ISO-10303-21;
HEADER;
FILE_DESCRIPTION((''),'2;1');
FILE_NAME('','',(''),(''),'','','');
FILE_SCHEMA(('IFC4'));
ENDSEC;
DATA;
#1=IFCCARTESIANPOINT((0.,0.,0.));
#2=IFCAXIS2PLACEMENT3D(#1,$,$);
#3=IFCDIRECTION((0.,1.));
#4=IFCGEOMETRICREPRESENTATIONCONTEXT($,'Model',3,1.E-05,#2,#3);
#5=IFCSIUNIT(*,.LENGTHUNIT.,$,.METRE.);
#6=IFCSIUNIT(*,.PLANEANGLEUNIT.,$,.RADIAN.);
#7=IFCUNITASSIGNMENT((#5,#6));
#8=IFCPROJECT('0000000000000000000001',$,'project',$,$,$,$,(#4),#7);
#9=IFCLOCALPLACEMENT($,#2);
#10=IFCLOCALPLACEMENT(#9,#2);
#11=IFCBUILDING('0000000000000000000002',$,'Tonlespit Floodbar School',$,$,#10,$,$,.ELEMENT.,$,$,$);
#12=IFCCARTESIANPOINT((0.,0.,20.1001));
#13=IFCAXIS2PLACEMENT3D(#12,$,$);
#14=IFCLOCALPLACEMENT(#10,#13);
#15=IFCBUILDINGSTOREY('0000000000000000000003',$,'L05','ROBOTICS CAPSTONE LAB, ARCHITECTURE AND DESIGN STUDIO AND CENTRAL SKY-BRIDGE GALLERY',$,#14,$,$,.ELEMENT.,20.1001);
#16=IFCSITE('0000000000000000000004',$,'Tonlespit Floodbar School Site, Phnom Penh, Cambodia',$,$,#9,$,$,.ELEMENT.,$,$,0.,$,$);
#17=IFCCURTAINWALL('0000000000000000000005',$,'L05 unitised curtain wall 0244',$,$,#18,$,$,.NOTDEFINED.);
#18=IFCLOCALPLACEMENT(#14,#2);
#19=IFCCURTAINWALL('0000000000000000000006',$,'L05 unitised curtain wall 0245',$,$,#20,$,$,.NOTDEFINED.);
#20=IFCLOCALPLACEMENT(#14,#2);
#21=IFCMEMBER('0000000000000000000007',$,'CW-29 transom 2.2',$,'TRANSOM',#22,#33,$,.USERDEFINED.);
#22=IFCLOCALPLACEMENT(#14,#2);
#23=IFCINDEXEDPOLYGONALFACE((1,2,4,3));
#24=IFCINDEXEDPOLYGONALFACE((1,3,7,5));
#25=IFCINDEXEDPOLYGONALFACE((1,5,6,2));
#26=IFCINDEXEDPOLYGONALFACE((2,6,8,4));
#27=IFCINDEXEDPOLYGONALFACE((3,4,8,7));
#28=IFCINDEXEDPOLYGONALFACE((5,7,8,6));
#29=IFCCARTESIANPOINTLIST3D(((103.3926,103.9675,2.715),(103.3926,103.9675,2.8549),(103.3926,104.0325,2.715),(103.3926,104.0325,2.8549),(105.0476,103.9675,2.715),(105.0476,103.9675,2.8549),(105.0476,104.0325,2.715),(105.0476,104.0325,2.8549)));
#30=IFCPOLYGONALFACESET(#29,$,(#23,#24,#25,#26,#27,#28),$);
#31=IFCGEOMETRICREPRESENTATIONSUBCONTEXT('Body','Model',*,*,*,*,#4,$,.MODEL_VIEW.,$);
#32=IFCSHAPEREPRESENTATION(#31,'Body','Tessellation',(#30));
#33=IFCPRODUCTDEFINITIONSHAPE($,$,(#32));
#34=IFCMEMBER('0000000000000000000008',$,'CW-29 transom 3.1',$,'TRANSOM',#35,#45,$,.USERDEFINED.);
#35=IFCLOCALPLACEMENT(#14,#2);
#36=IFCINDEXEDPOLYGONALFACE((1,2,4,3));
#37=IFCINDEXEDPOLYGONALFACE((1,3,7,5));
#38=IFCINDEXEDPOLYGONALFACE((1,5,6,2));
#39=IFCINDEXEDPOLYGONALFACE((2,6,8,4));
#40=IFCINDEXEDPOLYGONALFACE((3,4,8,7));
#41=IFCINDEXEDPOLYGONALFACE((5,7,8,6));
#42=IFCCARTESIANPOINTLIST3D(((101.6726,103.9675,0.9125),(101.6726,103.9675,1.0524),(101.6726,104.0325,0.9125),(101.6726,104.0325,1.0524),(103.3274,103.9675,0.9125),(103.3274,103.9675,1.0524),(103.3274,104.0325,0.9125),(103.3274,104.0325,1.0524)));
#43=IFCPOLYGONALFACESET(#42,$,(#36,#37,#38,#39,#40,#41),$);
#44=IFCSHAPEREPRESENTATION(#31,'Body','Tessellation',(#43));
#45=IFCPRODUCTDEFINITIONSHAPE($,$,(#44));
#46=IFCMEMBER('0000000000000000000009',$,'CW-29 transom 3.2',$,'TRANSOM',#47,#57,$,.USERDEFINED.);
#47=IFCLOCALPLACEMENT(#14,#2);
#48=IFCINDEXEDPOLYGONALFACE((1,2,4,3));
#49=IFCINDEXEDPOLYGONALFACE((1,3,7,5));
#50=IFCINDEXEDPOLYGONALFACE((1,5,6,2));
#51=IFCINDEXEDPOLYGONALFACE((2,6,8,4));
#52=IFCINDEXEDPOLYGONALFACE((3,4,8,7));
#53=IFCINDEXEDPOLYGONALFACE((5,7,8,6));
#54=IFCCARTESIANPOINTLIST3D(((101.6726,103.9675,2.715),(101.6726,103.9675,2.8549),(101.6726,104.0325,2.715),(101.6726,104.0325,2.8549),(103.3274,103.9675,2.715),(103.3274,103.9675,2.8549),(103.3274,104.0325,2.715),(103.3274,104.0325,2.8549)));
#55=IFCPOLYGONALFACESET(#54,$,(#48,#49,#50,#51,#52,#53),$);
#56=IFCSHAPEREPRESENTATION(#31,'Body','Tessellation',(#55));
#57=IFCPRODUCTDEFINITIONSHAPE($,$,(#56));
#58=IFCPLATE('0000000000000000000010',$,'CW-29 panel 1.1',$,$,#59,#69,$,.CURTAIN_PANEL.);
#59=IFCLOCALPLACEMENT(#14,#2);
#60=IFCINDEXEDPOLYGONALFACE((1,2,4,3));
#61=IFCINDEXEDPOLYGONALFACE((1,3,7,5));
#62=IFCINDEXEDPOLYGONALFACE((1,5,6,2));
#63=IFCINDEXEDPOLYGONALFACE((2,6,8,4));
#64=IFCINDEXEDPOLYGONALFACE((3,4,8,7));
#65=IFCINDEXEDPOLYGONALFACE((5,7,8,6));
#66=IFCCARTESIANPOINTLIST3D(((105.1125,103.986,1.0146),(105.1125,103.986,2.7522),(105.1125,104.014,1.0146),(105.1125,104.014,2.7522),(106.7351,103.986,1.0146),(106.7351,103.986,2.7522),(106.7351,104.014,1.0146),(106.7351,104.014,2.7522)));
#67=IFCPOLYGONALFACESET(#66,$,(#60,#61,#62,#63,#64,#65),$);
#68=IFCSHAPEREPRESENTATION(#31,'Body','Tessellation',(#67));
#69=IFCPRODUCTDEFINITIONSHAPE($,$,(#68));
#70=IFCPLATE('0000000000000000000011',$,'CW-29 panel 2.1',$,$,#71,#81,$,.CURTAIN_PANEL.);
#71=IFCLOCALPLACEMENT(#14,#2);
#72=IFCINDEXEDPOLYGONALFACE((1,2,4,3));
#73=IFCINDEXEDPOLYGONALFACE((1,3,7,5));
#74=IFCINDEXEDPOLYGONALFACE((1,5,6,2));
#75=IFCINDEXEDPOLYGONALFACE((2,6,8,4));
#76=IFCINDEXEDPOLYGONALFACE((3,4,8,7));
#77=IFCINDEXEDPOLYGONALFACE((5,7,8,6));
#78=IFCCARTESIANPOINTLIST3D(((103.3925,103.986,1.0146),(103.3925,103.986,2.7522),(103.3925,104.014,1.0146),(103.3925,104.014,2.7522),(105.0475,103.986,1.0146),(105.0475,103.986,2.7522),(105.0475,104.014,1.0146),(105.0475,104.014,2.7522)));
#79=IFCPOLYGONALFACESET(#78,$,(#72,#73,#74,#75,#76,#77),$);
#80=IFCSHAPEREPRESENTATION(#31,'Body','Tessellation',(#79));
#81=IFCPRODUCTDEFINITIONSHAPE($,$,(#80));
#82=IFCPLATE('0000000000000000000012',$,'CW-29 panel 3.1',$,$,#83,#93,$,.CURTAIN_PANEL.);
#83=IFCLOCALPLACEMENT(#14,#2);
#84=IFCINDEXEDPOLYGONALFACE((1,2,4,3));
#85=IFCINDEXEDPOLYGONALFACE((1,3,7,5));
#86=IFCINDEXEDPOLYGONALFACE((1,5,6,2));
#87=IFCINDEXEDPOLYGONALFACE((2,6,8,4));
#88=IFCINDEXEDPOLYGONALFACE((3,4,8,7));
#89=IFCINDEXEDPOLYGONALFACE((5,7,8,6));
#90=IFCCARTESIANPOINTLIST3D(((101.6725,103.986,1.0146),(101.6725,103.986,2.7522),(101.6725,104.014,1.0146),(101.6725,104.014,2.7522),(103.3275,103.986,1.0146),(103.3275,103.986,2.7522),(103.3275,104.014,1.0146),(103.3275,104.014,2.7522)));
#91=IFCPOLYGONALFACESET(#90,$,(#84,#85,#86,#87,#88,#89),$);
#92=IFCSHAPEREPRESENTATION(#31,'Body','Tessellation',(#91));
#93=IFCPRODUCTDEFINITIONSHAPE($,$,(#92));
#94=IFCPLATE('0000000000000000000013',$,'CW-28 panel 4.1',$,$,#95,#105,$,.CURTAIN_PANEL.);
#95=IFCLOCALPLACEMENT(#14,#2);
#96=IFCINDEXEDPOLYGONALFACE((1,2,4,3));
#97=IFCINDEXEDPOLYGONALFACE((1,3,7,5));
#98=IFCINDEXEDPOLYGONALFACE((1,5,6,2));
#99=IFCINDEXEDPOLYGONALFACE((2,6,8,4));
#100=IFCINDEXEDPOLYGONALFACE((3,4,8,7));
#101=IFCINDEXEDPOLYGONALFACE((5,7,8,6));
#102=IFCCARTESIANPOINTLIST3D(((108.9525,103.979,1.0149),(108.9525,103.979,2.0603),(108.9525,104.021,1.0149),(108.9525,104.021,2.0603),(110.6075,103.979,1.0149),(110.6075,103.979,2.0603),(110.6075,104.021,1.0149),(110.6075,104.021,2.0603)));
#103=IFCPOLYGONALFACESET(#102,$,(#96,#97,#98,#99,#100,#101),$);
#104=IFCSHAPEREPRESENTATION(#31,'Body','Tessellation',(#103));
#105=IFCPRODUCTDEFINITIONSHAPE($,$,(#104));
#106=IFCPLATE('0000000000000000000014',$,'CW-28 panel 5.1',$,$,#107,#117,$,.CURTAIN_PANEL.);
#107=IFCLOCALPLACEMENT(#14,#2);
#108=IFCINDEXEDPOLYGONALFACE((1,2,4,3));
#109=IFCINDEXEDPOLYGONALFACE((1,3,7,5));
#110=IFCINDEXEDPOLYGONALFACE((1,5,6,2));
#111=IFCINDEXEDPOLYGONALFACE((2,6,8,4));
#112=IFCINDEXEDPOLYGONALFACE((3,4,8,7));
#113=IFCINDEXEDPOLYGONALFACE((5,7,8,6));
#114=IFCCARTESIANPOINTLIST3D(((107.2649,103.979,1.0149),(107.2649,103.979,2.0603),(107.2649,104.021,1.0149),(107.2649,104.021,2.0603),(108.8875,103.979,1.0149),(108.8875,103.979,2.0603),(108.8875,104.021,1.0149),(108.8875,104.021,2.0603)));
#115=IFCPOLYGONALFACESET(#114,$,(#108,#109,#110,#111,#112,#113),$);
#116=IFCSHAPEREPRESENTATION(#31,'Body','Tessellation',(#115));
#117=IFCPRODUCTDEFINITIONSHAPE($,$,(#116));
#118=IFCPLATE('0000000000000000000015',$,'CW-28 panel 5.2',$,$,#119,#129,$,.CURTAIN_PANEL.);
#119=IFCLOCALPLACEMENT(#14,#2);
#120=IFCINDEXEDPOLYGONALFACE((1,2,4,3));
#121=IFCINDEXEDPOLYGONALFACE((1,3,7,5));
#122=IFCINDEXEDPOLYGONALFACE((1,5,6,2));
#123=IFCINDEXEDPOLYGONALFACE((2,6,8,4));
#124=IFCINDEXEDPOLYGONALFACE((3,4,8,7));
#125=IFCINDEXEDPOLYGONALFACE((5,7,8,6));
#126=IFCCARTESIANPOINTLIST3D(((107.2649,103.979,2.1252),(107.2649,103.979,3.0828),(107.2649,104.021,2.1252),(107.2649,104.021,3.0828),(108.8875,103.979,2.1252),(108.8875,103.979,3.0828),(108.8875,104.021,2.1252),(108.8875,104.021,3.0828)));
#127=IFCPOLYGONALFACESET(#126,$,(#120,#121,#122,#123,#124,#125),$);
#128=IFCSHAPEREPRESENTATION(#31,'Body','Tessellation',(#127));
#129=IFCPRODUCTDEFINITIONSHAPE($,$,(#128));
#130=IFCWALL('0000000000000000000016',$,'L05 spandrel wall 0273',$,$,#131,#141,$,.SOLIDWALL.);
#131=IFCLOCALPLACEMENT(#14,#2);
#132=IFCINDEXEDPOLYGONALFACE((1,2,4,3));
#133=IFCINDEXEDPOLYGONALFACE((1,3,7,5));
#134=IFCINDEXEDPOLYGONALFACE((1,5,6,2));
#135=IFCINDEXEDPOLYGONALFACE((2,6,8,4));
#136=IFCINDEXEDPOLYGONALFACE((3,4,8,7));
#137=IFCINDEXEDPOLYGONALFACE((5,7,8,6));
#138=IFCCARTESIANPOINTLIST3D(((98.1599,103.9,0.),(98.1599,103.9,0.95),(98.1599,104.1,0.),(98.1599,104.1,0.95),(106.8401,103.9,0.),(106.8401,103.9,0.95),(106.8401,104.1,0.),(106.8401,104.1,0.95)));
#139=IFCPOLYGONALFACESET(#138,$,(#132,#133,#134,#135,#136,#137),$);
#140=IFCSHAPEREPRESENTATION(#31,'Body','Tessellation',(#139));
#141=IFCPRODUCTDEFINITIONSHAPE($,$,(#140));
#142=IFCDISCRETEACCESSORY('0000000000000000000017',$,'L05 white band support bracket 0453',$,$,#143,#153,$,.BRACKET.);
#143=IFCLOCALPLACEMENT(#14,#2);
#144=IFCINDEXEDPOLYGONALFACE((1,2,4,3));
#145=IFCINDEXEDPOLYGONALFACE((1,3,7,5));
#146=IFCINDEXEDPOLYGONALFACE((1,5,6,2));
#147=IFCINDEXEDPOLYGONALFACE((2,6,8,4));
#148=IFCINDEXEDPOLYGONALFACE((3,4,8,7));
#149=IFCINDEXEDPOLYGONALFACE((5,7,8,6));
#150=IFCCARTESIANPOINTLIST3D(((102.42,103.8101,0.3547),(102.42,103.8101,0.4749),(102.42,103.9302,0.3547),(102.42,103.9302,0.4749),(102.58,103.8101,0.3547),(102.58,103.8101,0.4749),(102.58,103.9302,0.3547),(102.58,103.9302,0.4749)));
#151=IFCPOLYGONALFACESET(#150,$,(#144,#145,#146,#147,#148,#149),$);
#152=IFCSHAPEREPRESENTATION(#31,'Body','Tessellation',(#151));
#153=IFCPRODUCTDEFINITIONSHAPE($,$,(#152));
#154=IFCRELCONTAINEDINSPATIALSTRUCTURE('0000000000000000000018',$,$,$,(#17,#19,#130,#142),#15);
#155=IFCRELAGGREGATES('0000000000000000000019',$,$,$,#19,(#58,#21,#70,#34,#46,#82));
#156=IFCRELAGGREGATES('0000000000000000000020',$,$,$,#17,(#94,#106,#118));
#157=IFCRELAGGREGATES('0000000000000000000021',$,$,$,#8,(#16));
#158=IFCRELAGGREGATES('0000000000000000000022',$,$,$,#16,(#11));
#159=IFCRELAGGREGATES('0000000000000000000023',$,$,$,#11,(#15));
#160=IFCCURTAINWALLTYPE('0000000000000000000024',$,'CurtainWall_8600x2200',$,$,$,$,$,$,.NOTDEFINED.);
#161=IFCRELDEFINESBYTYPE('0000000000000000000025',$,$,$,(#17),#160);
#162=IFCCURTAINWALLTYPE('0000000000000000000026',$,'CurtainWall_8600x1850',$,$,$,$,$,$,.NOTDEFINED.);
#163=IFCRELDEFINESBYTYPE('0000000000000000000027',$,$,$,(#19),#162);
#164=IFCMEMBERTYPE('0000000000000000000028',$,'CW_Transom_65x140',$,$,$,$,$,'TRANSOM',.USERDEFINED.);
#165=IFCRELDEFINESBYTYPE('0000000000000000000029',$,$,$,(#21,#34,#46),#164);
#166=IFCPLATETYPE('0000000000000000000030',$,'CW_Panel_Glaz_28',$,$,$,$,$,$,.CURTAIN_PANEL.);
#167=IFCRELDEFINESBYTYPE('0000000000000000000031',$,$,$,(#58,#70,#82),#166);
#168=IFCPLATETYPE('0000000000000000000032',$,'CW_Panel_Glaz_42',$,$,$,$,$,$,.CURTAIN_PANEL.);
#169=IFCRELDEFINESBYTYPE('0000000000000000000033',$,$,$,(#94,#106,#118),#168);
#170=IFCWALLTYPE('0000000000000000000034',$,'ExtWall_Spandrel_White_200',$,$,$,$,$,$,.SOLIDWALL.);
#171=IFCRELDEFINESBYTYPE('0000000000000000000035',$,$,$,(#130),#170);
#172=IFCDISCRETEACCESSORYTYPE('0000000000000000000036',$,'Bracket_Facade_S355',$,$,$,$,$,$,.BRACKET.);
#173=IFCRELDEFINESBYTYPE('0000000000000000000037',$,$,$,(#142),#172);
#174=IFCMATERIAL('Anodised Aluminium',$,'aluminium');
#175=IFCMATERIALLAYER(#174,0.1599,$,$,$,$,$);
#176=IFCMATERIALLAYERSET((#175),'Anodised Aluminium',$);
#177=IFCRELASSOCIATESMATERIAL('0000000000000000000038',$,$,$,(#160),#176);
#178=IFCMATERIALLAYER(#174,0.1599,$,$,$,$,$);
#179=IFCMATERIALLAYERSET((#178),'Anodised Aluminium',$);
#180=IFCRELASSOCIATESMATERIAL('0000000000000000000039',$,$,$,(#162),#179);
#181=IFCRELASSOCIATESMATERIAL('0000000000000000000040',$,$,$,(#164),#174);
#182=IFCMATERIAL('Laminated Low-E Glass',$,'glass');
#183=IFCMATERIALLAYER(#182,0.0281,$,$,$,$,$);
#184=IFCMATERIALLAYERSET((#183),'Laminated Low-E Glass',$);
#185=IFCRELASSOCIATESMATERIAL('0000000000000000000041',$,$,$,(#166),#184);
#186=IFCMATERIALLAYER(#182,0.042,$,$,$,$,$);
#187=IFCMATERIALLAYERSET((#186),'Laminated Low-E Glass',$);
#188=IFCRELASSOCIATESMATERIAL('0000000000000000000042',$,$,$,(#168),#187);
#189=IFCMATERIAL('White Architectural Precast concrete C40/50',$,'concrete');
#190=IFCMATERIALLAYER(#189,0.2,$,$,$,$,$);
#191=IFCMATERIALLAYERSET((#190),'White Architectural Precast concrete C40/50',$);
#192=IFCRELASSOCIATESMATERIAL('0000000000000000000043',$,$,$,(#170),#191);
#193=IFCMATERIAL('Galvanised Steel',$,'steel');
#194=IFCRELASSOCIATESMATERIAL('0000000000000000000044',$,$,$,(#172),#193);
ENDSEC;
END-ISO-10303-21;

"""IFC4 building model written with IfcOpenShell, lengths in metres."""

from ifc_helpers import new_model, si_unit, direction, frame, frame_2d, origin, origin_2d, place, context, subcontext, project, spatial, rectangle, extrude, material, layer, layer_set, material_profile, profile_set, type_object, element, aggregate, save


model = new_model("IFC4")

# Units and contexts
model_context = context("Model", 3, precision=1e-05, world=origin(), true_north=direction((0.0, 1.0)))
body_context = subcontext(model_context, "Body", "Model", "MODEL_VIEW")
ifc_project = project(units=[si_unit("LENGTHUNIT", "METRE"), si_unit("PLANEANGLEUNIT", "RADIAN")], contexts=[model_context])

# Site, building, storey
site_placement = place(None, origin())
site = spatial("IfcSite", under=ifc_project, at=site_placement, Name="Tonlespit Floodbar School Site, Phnom Penh, Cambodia", CompositionType="ELEMENT", RefElevation=0.0)
building_placement = place(site_placement, origin())
building = spatial("IfcBuilding", under=site, at=building_placement, Name="Tonlespit Floodbar School", CompositionType="ELEMENT")
storey_placement = place(building_placement, frame((0.0, 0.0, 20.1001)))
storey = spatial("IfcBuildingStorey", under=building, at=storey_placement, Name="L05", Description="ROBOTICS CAPSTONE LAB, ARCHITECTURE AND DESIGN STUDIO AND CENTRAL SKY-BRIDGE GALLERY", CompositionType="ELEMENT", Elevation=20.1001)

# Curtain walls
ifc_material_1 = material(Name="Anodised Aluminium", Category="aluminium")
ifc_layer_1 = layer(ifc_material_1, 0.1599)
ifc_layer_set_1 = layer_set([ifc_layer_1], Name="Anodised Aluminium")
curtain_wall_type_1 = type_object("IfcCurtainWallType", Name="CurtainWall_8600x2200", PredefinedType="NOTDEFINED", material=ifc_layer_set_1)
curtain_wall_1_placement = place(storey_placement, origin())
curtain_wall_1 = element("IfcCurtainWall", 1, at=curtain_wall_1_placement, inside=storey, type_object=curtain_wall_type_1, Name="L05 unitised curtain wall 0244", PredefinedType="NOTDEFINED")
ifc_layer_2 = layer(ifc_material_1, 0.1599)
ifc_layer_set_2 = layer_set([ifc_layer_2], Name="Anodised Aluminium")
curtain_wall_type_2 = type_object("IfcCurtainWallType", Name="CurtainWall_8600x1850", PredefinedType="NOTDEFINED", material=ifc_layer_set_2)
curtain_wall_2_placement = place(storey_placement, origin())
curtain_wall_2 = element("IfcCurtainWall", 2, at=curtain_wall_2_placement, inside=storey, type_object=curtain_wall_type_2, Name="L05 unitised curtain wall 0245", PredefinedType="NOTDEFINED")

# Members
ifc_material_profile_1 = material_profile(ifc_material_1, rectangle(XDim=0.0649, YDim=0.1399, at=origin_2d()), Name="ALU T65x140")
ifc_profile_set_1 = profile_set([ifc_material_profile_1], Name="Anodised Aluminium")
member_type_1 = type_object("IfcMemberType", Name="CW_Transom_65x140", ElementType="TRANSOM", PredefinedType="USERDEFINED", material=ifc_profile_set_1)
member_1_placement = place(storey_placement, frame((105.0476, 104.0, 2.7849), z_axis=(-1.0, 0.0, 0.0), x_axis=(0.0, -1.0, 0.0)))
member_1 = element("IfcMember", 3, at=member_1_placement, type_object=member_type_1, Name="CW-29 transom 2.2", ObjectType="TRANSOM", PredefinedType="USERDEFINED", context=body_context, shape_type="SweptSolid", body=[
    extrude(rectangle(XDim=0.0649, YDim=0.1399, at=origin_2d()), origin(), (0.0, 0.0, 1.0), 1.655),
])
member_2_placement = place(storey_placement, frame((103.3274, 104.0, 0.9824), z_axis=(-1.0, 0.0, 0.0), x_axis=(0.0, -1.0, 0.0)))
member_2 = element("IfcMember", 4, at=member_2_placement, type_object=member_type_1, Name="CW-29 transom 3.1", ObjectType="TRANSOM", PredefinedType="USERDEFINED", context=body_context, shape_type="SweptSolid", body=[
    extrude(rectangle(XDim=0.0649, YDim=0.1399, at=origin_2d()), origin(), (0.0, 0.0, 1.0), 1.6548),
])
member_3_placement = place(storey_placement, frame((103.3274, 104.0, 2.7849), z_axis=(-1.0, 0.0, 0.0), x_axis=(0.0, -1.0, 0.0)))
member_3 = element("IfcMember", 5, at=member_3_placement, type_object=member_type_1, Name="CW-29 transom 3.2", ObjectType="TRANSOM", PredefinedType="USERDEFINED", context=body_context, shape_type="SweptSolid", body=[
    extrude(rectangle(XDim=0.0649, YDim=0.1399, at=origin_2d()), origin(), (0.0, 0.0, 1.0), 1.6548),
])

# Plates
ifc_material_2 = material(Name="Laminated Low-E Glass", Category="glass")
ifc_layer_3 = layer(ifc_material_2, 0.0281)
ifc_layer_set_3 = layer_set([ifc_layer_3], Name="Laminated Low-E Glass")
plate_type_1 = type_object("IfcPlateType", Name="CW_Panel_Glaz_28", PredefinedType="CURTAIN_PANEL", material=ifc_layer_set_3)
plate_1_placement = place(storey_placement, frame((105.9238, 104.0, 1.0146), z_axis=(0.0, 0.0, 1.0), x_axis=(-1.0, 0.0, 0.0)))
plate_1 = element("IfcPlate", 6, at=plate_1_placement, type_object=plate_type_1, Name="CW-29 panel 1.1", PredefinedType="CURTAIN_PANEL", context=body_context, shape_type="SweptSolid", body=[
    extrude(rectangle(XDim=1.6226, YDim=0.0281, at=origin_2d()), origin(), (0.0, 0.0, 1.0), 1.7375),
])
plate_2_placement = place(storey_placement, frame((104.22, 104.0, 1.0146), z_axis=(0.0, 0.0, 1.0), x_axis=(-1.0, 0.0, 0.0)))
plate_2 = element("IfcPlate", 7, at=plate_2_placement, type_object=plate_type_1, Name="CW-29 panel 2.1", PredefinedType="CURTAIN_PANEL", context=body_context, shape_type="SweptSolid", body=[
    extrude(rectangle(XDim=1.655, YDim=0.0281, at=origin_2d()), origin(), (0.0, 0.0, 1.0), 1.7375),
])
plate_3_placement = place(storey_placement, frame((102.5, 104.0, 1.0146), z_axis=(0.0, 0.0, 1.0), x_axis=(-1.0, 0.0, 0.0)))
plate_3 = element("IfcPlate", 8, at=plate_3_placement, type_object=plate_type_1, Name="CW-29 panel 3.1", PredefinedType="CURTAIN_PANEL", context=body_context, shape_type="SweptSolid", body=[
    extrude(rectangle(XDim=1.655, YDim=0.0281, at=origin_2d()), origin(), (0.0, 0.0, 1.0), 1.7375),
])
aggregate(curtain_wall_2, [plate_1, member_1, plate_2, member_2, member_3, plate_3])
ifc_layer_4 = layer(ifc_material_2, 0.042)
ifc_layer_set_4 = layer_set([ifc_layer_4], Name="Laminated Low-E Glass")
plate_type_2 = type_object("IfcPlateType", Name="CW_Panel_Glaz_42", PredefinedType="CURTAIN_PANEL", material=ifc_layer_set_4)
plate_4_placement = place(storey_placement, frame((109.78, 104.0, 1.0149), z_axis=(0.0, 0.0, 1.0), x_axis=(-1.0, 0.0, 0.0)))
plate_4 = element("IfcPlate", 9, at=plate_4_placement, type_object=plate_type_2, Name="CW-28 panel 4.1", PredefinedType="CURTAIN_PANEL", context=body_context, shape_type="SweptSolid", body=[
    extrude(rectangle(XDim=1.655, YDim=0.042, at=origin_2d()), origin(), (0.0, 0.0, 1.0), 1.0454),
])
plate_5_placement = place(storey_placement, frame((108.0762, 104.0, 1.0149), z_axis=(0.0, 0.0, 1.0), x_axis=(-1.0, 0.0, 0.0)))
plate_5 = element("IfcPlate", 10, at=plate_5_placement, type_object=plate_type_2, Name="CW-28 panel 5.1", PredefinedType="CURTAIN_PANEL", context=body_context, shape_type="SweptSolid", body=[
    extrude(rectangle(XDim=1.6226, YDim=0.042, at=origin_2d()), origin(), (0.0, 0.0, 1.0), 1.0454),
])
plate_6_placement = place(storey_placement, frame((108.0762, 104.0, 2.1252), z_axis=(0.0, 0.0, 1.0), x_axis=(-1.0, 0.0, 0.0)))
plate_6 = element("IfcPlate", 11, at=plate_6_placement, type_object=plate_type_2, Name="CW-28 panel 5.2", PredefinedType="CURTAIN_PANEL", context=body_context, shape_type="SweptSolid", body=[
    extrude(rectangle(XDim=1.6226, YDim=0.042, at=origin_2d()), origin(), (0.0, 0.0, 1.0), 0.9575),
])
aggregate(curtain_wall_1, [plate_4, plate_5, plate_6])

# Wall
ifc_material_3 = material(Name="White Architectural Precast concrete C40/50", Category="concrete")
ifc_layer_5 = layer(ifc_material_3, 0.2)
ifc_layer_set_5 = layer_set([ifc_layer_5], Name="White Architectural Precast concrete C40/50")
wall_type = type_object("IfcWallType", Name="ExtWall_Spandrel_White_200", PredefinedType="SOLIDWALL", material=ifc_layer_set_5)
wall_placement = place(storey_placement, frame((106.8401, 104.0, 0.0), z_axis=(0.0, 0.0, 1.0), x_axis=(-1.0, 0.0, 0.0)))
element("IfcWall", 12, at=wall_placement, inside=storey, type_object=wall_type, Name="L05 spandrel wall 0273", PredefinedType="SOLIDWALL", context=body_context, shape_type="SweptSolid", body=[
    extrude(rectangle(XDim=8.6802, YDim=0.2, at=frame_2d((4.3401, 0.0))), origin(), (0.0, 0.0, 1.0), 0.95),
])

# Discrete accessory
ifc_material_4 = material(Name="Galvanised Steel", Category="steel")
discrete_accessory_type = type_object("IfcDiscreteAccessoryType", Name="Bracket_Facade_S355", PredefinedType="BRACKET", material=ifc_material_4)
discrete_accessory_placement = place(storey_placement, frame((102.5, 103.8701, 0.3547), z_axis=(0.0, 0.0, 1.0), x_axis=(-1.0, 0.0, 0.0)))
element("IfcDiscreteAccessory", 13, at=discrete_accessory_placement, inside=storey, type_object=discrete_accessory_type, Name="L05 white band support bracket 0453", PredefinedType="BRACKET", context=body_context, shape_type="SweptSolid", body=[
    extrude(rectangle(XDim=0.1599, YDim=0.1201, at=origin_2d()), origin(), (0.0, 0.0, 1.0), 0.1201),
])

save(model, "model.ifc")
